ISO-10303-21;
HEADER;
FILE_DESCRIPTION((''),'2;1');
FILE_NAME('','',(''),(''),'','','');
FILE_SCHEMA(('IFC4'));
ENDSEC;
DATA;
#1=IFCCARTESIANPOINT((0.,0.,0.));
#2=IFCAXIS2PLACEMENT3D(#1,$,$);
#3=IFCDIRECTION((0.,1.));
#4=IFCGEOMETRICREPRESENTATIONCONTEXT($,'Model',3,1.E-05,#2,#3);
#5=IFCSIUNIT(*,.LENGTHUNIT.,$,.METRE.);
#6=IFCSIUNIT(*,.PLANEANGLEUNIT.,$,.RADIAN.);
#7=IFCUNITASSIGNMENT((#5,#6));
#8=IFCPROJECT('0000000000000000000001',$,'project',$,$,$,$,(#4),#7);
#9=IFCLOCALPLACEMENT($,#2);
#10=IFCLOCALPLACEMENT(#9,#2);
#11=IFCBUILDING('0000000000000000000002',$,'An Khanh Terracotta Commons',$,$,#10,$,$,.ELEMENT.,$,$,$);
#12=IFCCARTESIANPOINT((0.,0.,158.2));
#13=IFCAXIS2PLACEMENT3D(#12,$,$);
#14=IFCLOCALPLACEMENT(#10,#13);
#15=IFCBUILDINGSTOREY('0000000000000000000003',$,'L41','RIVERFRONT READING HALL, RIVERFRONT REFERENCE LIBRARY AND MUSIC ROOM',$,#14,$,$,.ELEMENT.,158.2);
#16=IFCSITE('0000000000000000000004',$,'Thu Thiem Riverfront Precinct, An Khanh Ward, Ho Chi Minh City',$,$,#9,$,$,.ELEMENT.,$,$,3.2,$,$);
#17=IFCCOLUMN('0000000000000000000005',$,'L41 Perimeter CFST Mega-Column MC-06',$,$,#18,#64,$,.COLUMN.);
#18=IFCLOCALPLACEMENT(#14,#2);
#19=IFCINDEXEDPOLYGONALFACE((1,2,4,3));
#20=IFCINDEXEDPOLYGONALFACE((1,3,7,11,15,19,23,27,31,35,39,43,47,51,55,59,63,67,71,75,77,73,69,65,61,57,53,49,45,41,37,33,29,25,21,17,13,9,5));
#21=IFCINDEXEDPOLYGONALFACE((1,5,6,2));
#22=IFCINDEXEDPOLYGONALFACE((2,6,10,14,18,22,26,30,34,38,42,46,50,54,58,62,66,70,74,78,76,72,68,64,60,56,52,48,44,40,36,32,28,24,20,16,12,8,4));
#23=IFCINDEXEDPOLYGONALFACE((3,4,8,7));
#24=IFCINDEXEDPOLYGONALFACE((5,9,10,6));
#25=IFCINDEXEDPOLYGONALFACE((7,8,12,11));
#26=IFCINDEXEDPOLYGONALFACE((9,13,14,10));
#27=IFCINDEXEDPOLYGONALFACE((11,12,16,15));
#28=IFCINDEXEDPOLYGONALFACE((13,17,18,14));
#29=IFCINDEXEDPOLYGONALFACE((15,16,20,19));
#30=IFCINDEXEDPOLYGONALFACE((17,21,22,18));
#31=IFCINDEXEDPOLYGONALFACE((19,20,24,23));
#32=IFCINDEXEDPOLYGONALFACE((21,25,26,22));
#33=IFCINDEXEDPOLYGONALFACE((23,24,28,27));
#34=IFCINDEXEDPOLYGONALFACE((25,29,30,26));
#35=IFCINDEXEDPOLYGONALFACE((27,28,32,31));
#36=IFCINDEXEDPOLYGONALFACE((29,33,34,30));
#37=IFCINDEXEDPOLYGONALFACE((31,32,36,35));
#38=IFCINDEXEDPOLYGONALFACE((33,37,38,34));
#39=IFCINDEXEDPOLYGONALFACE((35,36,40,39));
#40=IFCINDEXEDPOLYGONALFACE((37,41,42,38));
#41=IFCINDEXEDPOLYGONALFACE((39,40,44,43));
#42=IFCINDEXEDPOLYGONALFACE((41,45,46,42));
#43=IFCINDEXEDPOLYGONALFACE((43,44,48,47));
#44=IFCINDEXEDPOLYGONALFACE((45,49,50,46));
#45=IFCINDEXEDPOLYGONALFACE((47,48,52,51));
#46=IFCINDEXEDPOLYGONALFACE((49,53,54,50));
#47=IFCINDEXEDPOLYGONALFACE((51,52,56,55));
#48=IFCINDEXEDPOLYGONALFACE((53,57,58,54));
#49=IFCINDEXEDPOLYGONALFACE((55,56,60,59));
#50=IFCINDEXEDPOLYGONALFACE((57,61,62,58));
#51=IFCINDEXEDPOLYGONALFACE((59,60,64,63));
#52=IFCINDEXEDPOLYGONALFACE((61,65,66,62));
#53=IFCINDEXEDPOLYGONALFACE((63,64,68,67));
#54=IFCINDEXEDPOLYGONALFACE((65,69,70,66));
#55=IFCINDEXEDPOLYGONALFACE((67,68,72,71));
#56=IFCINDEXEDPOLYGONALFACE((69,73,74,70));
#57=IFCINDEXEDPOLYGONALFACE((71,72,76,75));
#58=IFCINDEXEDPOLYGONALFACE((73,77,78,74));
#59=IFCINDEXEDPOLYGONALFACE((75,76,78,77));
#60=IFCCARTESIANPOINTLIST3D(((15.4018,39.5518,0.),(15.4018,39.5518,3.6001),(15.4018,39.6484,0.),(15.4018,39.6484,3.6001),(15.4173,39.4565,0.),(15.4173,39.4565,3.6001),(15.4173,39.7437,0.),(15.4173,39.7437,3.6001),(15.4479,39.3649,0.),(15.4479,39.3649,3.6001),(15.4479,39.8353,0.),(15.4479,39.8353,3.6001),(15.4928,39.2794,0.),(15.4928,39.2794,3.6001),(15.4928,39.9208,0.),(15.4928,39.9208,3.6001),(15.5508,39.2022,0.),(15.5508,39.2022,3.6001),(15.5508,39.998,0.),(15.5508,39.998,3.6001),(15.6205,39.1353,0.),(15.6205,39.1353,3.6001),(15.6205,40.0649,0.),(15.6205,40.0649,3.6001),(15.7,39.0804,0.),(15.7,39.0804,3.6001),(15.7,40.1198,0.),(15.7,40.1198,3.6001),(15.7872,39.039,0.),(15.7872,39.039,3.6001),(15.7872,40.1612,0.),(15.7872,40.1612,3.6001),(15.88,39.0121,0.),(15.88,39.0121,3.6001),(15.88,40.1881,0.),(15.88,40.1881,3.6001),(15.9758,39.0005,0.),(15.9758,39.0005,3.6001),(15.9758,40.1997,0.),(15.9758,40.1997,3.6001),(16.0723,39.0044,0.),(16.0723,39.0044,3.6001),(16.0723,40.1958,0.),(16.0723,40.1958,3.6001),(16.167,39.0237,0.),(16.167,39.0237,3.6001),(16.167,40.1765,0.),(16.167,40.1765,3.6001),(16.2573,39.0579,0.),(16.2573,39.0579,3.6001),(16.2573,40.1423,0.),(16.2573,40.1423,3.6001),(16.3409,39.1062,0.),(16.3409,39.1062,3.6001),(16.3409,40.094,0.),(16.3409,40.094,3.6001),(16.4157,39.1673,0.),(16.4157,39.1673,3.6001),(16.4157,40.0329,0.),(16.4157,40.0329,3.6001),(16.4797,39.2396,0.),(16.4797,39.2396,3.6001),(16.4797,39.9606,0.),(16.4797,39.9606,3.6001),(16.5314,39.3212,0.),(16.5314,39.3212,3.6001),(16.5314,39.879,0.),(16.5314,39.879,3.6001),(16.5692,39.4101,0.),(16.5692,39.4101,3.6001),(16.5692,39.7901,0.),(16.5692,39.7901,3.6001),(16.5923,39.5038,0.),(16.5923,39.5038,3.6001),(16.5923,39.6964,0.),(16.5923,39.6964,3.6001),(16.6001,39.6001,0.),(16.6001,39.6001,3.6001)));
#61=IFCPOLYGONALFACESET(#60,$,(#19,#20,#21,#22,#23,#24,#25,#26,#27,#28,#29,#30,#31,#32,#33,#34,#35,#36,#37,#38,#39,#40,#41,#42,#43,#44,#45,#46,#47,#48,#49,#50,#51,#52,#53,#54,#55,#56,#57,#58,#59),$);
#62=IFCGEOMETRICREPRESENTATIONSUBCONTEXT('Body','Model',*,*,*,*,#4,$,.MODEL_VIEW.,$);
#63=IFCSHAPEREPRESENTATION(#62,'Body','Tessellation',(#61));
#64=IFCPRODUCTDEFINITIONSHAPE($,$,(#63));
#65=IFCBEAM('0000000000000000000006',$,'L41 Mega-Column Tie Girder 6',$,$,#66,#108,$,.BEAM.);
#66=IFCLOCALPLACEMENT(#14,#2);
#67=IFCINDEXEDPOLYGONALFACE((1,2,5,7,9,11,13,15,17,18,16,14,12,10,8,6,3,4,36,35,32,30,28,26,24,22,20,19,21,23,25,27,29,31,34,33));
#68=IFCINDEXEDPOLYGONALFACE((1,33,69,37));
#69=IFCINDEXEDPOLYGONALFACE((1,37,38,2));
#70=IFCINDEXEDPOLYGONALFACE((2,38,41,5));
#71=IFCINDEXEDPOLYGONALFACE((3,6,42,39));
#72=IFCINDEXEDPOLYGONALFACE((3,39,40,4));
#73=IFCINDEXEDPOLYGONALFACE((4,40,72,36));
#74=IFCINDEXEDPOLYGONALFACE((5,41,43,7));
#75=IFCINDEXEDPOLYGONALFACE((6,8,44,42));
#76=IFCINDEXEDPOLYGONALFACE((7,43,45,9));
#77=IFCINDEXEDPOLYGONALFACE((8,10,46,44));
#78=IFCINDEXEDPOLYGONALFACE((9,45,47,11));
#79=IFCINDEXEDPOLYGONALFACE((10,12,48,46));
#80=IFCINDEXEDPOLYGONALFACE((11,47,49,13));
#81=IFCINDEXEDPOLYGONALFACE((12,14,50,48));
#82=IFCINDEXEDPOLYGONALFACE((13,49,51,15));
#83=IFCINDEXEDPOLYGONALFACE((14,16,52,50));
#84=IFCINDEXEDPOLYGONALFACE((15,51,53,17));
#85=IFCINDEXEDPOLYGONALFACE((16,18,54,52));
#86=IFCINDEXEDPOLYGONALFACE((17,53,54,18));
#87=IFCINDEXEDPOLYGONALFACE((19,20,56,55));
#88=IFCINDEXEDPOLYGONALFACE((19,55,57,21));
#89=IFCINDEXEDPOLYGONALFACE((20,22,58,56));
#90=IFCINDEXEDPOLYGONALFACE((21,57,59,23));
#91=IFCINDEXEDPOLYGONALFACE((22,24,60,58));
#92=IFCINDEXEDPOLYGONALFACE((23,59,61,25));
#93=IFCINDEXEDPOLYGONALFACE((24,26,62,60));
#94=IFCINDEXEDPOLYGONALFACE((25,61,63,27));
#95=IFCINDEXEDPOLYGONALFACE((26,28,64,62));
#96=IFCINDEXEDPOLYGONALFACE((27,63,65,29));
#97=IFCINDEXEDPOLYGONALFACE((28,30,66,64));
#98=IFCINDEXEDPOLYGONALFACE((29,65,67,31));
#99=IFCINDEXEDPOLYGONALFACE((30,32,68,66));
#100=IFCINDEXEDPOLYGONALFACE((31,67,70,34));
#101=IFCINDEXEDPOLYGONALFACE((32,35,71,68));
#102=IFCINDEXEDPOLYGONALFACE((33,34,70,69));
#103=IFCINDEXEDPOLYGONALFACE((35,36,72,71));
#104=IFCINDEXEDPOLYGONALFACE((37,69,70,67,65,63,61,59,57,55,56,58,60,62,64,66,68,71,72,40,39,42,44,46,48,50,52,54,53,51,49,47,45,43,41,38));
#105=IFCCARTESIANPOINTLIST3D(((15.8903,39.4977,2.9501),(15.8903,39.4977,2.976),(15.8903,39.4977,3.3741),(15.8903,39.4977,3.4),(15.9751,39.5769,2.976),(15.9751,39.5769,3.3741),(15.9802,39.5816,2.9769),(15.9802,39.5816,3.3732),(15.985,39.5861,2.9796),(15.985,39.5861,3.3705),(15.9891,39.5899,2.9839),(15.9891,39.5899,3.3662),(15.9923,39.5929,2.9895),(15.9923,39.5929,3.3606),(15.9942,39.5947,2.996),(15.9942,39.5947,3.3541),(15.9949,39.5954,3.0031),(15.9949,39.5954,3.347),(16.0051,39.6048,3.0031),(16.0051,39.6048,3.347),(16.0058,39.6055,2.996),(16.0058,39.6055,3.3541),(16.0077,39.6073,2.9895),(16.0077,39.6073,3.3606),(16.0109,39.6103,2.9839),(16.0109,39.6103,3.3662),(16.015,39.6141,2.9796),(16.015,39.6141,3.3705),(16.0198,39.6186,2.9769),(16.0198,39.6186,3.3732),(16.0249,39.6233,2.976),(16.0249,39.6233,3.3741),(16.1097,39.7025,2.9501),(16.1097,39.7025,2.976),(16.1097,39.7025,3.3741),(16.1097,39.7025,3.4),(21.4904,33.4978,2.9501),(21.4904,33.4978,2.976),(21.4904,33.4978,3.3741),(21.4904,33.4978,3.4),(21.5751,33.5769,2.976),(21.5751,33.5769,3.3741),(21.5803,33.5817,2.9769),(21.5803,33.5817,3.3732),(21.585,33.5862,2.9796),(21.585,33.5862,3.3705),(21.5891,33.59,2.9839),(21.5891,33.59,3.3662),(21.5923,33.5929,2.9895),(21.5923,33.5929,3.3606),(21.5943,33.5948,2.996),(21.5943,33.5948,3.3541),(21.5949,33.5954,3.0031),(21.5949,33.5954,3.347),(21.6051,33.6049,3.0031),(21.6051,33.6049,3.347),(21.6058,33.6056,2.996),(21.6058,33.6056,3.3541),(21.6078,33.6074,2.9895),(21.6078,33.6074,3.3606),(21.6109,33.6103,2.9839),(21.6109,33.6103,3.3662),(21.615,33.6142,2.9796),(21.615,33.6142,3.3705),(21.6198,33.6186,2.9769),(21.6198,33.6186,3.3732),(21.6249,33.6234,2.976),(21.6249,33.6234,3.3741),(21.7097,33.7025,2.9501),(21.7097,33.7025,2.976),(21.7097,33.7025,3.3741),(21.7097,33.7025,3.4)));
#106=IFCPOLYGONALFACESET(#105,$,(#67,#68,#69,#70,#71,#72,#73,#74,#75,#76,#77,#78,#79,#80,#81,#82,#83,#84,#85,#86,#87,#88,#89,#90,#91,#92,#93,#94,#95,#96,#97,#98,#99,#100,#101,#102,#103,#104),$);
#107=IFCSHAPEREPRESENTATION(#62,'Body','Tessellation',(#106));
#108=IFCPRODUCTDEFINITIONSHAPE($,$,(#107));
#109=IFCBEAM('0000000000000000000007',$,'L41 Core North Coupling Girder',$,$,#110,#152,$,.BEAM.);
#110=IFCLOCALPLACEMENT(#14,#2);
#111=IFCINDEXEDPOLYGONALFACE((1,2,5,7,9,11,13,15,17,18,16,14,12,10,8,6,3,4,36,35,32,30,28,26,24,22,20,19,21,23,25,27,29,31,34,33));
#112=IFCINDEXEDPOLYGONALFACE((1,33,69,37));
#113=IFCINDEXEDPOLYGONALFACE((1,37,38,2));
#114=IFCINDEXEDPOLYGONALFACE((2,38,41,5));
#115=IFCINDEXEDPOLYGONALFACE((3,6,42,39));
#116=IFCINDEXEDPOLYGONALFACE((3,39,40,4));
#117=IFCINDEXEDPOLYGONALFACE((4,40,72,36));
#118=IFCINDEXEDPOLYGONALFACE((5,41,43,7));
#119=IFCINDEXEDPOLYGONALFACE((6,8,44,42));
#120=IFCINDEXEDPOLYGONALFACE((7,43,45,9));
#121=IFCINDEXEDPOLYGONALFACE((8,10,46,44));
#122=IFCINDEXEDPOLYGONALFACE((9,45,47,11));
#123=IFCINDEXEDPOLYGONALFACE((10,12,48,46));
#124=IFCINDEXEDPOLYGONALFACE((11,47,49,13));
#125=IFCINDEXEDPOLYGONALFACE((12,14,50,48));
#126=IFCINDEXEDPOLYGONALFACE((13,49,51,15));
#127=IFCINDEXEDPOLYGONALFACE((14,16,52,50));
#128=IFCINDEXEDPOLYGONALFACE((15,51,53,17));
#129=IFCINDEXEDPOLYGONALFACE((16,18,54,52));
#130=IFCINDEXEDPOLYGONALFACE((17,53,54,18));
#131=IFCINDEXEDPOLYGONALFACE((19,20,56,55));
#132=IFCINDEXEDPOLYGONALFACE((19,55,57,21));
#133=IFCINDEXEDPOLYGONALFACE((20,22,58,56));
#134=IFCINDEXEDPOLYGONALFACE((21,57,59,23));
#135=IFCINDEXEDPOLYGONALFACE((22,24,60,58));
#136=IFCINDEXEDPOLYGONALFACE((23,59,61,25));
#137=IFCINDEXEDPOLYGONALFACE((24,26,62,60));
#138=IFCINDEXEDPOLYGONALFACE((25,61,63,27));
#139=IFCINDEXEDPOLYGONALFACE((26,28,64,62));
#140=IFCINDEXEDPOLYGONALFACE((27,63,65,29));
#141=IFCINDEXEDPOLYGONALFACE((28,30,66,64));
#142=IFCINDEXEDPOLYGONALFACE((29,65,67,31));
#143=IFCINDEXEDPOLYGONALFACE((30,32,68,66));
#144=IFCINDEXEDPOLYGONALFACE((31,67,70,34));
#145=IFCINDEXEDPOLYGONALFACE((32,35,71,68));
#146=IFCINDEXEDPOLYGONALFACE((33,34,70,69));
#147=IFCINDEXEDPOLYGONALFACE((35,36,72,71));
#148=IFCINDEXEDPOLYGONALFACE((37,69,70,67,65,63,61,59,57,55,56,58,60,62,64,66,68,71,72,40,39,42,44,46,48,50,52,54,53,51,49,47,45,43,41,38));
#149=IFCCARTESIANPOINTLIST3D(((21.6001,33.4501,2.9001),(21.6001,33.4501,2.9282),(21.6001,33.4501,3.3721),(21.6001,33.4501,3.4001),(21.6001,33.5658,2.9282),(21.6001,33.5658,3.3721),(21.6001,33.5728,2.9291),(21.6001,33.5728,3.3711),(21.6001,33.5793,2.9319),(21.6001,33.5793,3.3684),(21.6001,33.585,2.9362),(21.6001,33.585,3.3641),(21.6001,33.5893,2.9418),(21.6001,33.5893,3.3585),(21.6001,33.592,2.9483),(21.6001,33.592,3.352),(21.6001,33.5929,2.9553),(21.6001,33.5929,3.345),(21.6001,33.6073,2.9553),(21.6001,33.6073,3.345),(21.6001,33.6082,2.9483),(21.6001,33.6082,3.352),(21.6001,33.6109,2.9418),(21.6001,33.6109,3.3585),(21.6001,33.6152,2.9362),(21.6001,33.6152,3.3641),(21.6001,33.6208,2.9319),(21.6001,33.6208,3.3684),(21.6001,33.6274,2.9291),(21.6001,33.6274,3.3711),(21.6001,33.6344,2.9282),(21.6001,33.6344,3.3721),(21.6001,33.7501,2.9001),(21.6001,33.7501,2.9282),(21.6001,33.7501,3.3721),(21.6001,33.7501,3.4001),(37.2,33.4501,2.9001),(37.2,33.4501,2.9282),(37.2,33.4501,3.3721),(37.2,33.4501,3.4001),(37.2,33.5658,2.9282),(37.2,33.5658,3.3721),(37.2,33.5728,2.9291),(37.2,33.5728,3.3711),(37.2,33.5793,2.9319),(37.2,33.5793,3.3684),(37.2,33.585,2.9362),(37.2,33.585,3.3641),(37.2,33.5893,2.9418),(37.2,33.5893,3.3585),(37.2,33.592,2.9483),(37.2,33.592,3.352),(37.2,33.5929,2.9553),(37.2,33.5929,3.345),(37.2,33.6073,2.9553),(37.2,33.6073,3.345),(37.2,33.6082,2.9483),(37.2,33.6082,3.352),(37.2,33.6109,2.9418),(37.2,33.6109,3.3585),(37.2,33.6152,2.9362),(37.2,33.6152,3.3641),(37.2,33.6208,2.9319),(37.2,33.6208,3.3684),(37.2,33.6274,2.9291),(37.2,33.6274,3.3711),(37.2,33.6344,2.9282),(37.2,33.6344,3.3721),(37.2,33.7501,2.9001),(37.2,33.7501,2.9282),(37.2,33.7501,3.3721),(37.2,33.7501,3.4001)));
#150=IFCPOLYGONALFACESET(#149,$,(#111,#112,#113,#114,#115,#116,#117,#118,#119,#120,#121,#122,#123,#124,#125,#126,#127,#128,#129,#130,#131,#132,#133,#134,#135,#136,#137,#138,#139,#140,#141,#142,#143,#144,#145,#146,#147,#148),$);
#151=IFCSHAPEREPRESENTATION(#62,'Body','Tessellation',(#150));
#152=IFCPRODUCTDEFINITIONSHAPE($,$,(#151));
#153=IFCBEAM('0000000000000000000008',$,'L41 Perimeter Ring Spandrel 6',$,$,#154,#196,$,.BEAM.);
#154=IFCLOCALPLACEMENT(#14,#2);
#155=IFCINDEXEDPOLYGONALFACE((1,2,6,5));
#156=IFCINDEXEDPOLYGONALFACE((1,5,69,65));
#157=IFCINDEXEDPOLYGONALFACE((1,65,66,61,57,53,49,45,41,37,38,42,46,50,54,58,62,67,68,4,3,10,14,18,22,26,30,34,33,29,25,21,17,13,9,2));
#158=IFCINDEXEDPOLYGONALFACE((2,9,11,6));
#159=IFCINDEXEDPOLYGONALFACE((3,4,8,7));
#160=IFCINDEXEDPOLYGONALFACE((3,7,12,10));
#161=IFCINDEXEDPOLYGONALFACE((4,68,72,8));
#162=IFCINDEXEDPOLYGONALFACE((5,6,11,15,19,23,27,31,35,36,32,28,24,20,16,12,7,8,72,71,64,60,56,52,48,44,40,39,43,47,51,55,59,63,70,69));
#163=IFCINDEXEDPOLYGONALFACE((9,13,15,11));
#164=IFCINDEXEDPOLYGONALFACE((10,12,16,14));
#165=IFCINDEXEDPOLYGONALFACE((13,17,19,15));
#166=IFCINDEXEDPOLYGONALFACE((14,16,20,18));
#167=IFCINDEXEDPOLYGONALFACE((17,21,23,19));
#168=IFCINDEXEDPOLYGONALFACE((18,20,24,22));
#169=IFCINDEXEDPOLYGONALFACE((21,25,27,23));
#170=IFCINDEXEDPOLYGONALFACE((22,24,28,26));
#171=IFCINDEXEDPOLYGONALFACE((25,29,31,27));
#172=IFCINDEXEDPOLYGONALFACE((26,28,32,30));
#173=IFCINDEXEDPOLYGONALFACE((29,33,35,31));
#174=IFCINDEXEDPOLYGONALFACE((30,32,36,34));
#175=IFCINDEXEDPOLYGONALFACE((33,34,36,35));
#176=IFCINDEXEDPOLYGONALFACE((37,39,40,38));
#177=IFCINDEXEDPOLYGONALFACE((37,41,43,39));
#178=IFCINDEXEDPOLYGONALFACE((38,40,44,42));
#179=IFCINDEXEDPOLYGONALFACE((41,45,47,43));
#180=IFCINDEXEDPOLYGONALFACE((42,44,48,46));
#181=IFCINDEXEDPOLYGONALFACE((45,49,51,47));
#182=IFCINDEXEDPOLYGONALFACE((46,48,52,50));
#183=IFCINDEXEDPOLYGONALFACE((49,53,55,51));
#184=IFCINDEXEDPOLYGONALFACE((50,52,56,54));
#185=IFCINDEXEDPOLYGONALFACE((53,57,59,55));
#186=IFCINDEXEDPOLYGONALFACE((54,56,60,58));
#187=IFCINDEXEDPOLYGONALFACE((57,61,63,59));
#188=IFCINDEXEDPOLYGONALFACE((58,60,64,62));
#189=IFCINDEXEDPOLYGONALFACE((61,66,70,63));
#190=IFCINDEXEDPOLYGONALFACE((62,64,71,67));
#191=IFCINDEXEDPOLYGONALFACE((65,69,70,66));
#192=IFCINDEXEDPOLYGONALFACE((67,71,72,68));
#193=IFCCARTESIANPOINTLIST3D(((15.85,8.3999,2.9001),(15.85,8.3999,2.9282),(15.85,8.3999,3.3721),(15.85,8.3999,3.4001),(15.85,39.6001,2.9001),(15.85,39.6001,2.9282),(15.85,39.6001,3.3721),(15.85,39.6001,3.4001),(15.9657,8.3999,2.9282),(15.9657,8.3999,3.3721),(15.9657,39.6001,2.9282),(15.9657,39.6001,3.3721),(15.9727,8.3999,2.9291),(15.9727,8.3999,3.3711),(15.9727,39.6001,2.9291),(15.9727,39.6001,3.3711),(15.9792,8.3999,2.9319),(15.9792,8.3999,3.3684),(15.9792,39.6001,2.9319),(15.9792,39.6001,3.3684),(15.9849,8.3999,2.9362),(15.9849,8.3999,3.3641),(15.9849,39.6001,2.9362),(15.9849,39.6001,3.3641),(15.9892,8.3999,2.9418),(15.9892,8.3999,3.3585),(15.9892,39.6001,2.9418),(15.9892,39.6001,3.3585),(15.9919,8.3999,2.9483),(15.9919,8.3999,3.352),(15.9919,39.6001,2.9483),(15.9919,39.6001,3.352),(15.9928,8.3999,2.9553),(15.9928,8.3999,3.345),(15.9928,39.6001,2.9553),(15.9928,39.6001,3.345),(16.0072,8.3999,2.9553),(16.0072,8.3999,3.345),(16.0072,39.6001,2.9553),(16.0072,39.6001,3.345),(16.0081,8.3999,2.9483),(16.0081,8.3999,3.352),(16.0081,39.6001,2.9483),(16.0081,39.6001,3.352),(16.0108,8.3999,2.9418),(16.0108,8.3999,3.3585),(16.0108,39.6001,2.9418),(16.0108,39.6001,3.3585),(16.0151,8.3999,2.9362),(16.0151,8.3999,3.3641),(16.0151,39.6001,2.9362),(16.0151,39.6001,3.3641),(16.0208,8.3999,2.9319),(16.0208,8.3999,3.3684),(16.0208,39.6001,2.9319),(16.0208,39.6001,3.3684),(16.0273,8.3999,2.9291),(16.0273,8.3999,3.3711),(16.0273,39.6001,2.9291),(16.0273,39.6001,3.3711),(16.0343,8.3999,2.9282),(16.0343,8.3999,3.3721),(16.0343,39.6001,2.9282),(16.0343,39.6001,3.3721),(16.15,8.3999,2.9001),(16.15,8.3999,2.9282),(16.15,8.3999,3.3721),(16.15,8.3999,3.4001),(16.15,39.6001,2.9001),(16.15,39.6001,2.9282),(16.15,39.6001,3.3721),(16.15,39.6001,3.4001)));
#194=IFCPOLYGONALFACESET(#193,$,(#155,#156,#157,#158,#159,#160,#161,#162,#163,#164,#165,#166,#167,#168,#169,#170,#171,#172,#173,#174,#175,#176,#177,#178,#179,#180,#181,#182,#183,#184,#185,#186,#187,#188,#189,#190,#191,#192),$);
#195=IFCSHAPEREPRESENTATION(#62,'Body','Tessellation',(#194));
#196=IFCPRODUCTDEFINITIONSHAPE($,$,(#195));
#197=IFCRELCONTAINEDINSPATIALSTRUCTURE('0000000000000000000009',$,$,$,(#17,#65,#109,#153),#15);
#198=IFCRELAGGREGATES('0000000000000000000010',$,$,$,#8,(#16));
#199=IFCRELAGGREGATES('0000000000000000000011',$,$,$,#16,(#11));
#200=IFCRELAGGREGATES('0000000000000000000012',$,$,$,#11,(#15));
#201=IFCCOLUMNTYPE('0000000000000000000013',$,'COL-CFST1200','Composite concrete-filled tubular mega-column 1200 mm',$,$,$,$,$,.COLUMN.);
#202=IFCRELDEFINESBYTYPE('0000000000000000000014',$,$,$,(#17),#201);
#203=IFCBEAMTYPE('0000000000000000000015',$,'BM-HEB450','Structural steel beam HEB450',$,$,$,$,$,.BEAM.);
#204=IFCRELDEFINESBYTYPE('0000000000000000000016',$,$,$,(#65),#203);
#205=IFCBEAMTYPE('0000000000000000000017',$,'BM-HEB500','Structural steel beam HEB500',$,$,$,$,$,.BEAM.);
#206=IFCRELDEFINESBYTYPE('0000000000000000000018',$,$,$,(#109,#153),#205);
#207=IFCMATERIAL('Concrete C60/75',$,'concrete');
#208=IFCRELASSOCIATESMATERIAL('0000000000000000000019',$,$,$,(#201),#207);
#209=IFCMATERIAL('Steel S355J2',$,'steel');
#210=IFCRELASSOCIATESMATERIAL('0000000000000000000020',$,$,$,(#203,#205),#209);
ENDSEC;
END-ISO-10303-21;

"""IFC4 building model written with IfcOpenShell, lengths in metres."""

from ifc_helpers import new_model, si_unit, direction, frame, origin, origin_2d, place, context, subcontext, project, spatial, circle, i_section, extrude, material, material_profile, profile_set, type_object, element, save


model = new_model("IFC4")

# Units and contexts
model_context = context("Model", 3, precision=1e-05, world=origin(), true_north=direction((0.0, 1.0)))
body_context = subcontext(model_context, "Body", "Model", "MODEL_VIEW")
ifc_project = project(units=[si_unit("LENGTHUNIT", "METRE"), si_unit("PLANEANGLEUNIT", "RADIAN")], contexts=[model_context])

# Site, building, storey
site_placement = place(None, origin())
site = spatial("IfcSite", under=ifc_project, at=site_placement, Name="Thu Thiem Riverfront Precinct, An Khanh Ward, Ho Chi Minh City", CompositionType="ELEMENT", RefElevation=3.2)
building_placement = place(site_placement, origin())
building = spatial("IfcBuilding", under=site, at=building_placement, Name="An Khanh Terracotta Commons", CompositionType="ELEMENT")
storey_placement = place(building_placement, frame((0.0, 0.0, 158.2)))
storey = spatial("IfcBuildingStorey", under=building, at=storey_placement, Name="L41", Description="RIVERFRONT READING HALL, RIVERFRONT REFERENCE LIBRARY AND MUSIC ROOM", CompositionType="ELEMENT", Elevation=158.2)

# Column
ifc_material_1 = material(Name="Concrete C60/75", Category="concrete")
ifc_material_profile_1 = material_profile(ifc_material_1, circle(Radius=0.6001, at=origin_2d()), Name="CFST1200")
ifc_profile_set_1 = profile_set([ifc_material_profile_1], Name="Concrete C60/75")
column_type = type_object("IfcColumnType", Name="COL-CFST1200", Description="Composite concrete-filled tubular mega-column 1200 mm", PredefinedType="COLUMN", material=ifc_profile_set_1)
column_placement = place(storey_placement, frame((16.0, 39.6001, 0.0), z_axis=(0.0, 0.0, 1.0), x_axis=(1.0, 0.0, 0.0)))
element("IfcColumn", 1, at=column_placement, inside=storey, type_object=column_type, Name="L41 Perimeter CFST Mega-Column MC-06", PredefinedType="COLUMN", context=body_context, shape_type="SweptSolid", body=[
    extrude(circle(Radius=0.6001, at=origin_2d()), origin(), (0.0, 0.0, 1.0), 3.6001),
])

# Beams
ifc_material_2 = material(Name="Steel S355J2", Category="steel")
ifc_material_profile_2 = material_profile(ifc_material_2, i_section(OverallWidth=0.3, OverallDepth=0.45, WebThickness=0.0139, FlangeThickness=0.0259, FilletRadius=0.0271, at=origin_2d()), Name="HEB450")
ifc_profile_set_2 = profile_set([ifc_material_profile_2], Name="Steel S355J2")
beam_type_1 = type_object("IfcBeamType", Name="BM-HEB450", Description="Structural steel beam HEB450", PredefinedType="BEAM", material=ifc_profile_set_2)
beam_1_placement = place(storey_placement, frame((16.0, 39.6001, 3.175), z_axis=(0.682325, -0.731049, 0.0), x_axis=(0.731049, 0.682325, 0.0)))
element("IfcBeam", 2, at=beam_1_placement, inside=storey, type_object=beam_type_1, Name="L41 Mega-Column Tie Girder 6", PredefinedType="BEAM", context=body_context, shape_type="SweptSolid", body=[
    extrude(i_section(OverallWidth=0.3, OverallDepth=0.45, WebThickness=0.0139, FlangeThickness=0.0259, FilletRadius=0.0271, at=origin_2d()), origin(), (0.0, 0.0, 1.0), 8.2073),
])
ifc_material_profile_3 = material_profile(ifc_material_2, i_section(OverallWidth=0.3, OverallDepth=0.5, WebThickness=0.0144, FlangeThickness=0.0281, FilletRadius=0.0271, at=origin_2d()), Name="HEB500")
ifc_profile_set_3 = profile_set([ifc_material_profile_3], Name="Steel S355J2")
beam_type_2 = type_object("IfcBeamType", Name="BM-HEB500", Description="Structural steel beam HEB500", PredefinedType="BEAM", material=ifc_profile_set_3)
beam_2_placement = place(storey_placement, frame((21.6001, 33.6001, 3.1501), z_axis=(1.0, 0.0, 0.0), x_axis=(0.0, 1.0, 0.0)))
element("IfcBeam", 3, at=beam_2_placement, inside=storey, type_object=beam_type_2, Name="L41 Core North Coupling Girder", PredefinedType="BEAM", context=body_context, shape_type="SweptSolid", body=[
    extrude(i_section(OverallWidth=0.3, OverallDepth=0.5, WebThickness=0.0144, FlangeThickness=0.0281, FilletRadius=0.0271, at=origin_2d()), origin(), (0.0, 0.0, 1.0), 15.5999),
])
beam_3_placement = place(storey_placement, frame((16.0, 39.6001, 3.1501), z_axis=(0.0, -1.0, 0.0), x_axis=(1.0, 0.0, 0.0)))
element("IfcBeam", 4, at=beam_3_placement, inside=storey, type_object=beam_type_2, Name="L41 Perimeter Ring Spandrel 6", PredefinedType="BEAM", context=body_context, shape_type="SweptSolid", body=[
    extrude(i_section(OverallWidth=0.3, OverallDepth=0.5, WebThickness=0.0144, FlangeThickness=0.0281, FilletRadius=0.0271, at=origin_2d()), origin(), (0.0, 0.0, 1.0), 31.2002),
])

save(model, "model.ifc")
